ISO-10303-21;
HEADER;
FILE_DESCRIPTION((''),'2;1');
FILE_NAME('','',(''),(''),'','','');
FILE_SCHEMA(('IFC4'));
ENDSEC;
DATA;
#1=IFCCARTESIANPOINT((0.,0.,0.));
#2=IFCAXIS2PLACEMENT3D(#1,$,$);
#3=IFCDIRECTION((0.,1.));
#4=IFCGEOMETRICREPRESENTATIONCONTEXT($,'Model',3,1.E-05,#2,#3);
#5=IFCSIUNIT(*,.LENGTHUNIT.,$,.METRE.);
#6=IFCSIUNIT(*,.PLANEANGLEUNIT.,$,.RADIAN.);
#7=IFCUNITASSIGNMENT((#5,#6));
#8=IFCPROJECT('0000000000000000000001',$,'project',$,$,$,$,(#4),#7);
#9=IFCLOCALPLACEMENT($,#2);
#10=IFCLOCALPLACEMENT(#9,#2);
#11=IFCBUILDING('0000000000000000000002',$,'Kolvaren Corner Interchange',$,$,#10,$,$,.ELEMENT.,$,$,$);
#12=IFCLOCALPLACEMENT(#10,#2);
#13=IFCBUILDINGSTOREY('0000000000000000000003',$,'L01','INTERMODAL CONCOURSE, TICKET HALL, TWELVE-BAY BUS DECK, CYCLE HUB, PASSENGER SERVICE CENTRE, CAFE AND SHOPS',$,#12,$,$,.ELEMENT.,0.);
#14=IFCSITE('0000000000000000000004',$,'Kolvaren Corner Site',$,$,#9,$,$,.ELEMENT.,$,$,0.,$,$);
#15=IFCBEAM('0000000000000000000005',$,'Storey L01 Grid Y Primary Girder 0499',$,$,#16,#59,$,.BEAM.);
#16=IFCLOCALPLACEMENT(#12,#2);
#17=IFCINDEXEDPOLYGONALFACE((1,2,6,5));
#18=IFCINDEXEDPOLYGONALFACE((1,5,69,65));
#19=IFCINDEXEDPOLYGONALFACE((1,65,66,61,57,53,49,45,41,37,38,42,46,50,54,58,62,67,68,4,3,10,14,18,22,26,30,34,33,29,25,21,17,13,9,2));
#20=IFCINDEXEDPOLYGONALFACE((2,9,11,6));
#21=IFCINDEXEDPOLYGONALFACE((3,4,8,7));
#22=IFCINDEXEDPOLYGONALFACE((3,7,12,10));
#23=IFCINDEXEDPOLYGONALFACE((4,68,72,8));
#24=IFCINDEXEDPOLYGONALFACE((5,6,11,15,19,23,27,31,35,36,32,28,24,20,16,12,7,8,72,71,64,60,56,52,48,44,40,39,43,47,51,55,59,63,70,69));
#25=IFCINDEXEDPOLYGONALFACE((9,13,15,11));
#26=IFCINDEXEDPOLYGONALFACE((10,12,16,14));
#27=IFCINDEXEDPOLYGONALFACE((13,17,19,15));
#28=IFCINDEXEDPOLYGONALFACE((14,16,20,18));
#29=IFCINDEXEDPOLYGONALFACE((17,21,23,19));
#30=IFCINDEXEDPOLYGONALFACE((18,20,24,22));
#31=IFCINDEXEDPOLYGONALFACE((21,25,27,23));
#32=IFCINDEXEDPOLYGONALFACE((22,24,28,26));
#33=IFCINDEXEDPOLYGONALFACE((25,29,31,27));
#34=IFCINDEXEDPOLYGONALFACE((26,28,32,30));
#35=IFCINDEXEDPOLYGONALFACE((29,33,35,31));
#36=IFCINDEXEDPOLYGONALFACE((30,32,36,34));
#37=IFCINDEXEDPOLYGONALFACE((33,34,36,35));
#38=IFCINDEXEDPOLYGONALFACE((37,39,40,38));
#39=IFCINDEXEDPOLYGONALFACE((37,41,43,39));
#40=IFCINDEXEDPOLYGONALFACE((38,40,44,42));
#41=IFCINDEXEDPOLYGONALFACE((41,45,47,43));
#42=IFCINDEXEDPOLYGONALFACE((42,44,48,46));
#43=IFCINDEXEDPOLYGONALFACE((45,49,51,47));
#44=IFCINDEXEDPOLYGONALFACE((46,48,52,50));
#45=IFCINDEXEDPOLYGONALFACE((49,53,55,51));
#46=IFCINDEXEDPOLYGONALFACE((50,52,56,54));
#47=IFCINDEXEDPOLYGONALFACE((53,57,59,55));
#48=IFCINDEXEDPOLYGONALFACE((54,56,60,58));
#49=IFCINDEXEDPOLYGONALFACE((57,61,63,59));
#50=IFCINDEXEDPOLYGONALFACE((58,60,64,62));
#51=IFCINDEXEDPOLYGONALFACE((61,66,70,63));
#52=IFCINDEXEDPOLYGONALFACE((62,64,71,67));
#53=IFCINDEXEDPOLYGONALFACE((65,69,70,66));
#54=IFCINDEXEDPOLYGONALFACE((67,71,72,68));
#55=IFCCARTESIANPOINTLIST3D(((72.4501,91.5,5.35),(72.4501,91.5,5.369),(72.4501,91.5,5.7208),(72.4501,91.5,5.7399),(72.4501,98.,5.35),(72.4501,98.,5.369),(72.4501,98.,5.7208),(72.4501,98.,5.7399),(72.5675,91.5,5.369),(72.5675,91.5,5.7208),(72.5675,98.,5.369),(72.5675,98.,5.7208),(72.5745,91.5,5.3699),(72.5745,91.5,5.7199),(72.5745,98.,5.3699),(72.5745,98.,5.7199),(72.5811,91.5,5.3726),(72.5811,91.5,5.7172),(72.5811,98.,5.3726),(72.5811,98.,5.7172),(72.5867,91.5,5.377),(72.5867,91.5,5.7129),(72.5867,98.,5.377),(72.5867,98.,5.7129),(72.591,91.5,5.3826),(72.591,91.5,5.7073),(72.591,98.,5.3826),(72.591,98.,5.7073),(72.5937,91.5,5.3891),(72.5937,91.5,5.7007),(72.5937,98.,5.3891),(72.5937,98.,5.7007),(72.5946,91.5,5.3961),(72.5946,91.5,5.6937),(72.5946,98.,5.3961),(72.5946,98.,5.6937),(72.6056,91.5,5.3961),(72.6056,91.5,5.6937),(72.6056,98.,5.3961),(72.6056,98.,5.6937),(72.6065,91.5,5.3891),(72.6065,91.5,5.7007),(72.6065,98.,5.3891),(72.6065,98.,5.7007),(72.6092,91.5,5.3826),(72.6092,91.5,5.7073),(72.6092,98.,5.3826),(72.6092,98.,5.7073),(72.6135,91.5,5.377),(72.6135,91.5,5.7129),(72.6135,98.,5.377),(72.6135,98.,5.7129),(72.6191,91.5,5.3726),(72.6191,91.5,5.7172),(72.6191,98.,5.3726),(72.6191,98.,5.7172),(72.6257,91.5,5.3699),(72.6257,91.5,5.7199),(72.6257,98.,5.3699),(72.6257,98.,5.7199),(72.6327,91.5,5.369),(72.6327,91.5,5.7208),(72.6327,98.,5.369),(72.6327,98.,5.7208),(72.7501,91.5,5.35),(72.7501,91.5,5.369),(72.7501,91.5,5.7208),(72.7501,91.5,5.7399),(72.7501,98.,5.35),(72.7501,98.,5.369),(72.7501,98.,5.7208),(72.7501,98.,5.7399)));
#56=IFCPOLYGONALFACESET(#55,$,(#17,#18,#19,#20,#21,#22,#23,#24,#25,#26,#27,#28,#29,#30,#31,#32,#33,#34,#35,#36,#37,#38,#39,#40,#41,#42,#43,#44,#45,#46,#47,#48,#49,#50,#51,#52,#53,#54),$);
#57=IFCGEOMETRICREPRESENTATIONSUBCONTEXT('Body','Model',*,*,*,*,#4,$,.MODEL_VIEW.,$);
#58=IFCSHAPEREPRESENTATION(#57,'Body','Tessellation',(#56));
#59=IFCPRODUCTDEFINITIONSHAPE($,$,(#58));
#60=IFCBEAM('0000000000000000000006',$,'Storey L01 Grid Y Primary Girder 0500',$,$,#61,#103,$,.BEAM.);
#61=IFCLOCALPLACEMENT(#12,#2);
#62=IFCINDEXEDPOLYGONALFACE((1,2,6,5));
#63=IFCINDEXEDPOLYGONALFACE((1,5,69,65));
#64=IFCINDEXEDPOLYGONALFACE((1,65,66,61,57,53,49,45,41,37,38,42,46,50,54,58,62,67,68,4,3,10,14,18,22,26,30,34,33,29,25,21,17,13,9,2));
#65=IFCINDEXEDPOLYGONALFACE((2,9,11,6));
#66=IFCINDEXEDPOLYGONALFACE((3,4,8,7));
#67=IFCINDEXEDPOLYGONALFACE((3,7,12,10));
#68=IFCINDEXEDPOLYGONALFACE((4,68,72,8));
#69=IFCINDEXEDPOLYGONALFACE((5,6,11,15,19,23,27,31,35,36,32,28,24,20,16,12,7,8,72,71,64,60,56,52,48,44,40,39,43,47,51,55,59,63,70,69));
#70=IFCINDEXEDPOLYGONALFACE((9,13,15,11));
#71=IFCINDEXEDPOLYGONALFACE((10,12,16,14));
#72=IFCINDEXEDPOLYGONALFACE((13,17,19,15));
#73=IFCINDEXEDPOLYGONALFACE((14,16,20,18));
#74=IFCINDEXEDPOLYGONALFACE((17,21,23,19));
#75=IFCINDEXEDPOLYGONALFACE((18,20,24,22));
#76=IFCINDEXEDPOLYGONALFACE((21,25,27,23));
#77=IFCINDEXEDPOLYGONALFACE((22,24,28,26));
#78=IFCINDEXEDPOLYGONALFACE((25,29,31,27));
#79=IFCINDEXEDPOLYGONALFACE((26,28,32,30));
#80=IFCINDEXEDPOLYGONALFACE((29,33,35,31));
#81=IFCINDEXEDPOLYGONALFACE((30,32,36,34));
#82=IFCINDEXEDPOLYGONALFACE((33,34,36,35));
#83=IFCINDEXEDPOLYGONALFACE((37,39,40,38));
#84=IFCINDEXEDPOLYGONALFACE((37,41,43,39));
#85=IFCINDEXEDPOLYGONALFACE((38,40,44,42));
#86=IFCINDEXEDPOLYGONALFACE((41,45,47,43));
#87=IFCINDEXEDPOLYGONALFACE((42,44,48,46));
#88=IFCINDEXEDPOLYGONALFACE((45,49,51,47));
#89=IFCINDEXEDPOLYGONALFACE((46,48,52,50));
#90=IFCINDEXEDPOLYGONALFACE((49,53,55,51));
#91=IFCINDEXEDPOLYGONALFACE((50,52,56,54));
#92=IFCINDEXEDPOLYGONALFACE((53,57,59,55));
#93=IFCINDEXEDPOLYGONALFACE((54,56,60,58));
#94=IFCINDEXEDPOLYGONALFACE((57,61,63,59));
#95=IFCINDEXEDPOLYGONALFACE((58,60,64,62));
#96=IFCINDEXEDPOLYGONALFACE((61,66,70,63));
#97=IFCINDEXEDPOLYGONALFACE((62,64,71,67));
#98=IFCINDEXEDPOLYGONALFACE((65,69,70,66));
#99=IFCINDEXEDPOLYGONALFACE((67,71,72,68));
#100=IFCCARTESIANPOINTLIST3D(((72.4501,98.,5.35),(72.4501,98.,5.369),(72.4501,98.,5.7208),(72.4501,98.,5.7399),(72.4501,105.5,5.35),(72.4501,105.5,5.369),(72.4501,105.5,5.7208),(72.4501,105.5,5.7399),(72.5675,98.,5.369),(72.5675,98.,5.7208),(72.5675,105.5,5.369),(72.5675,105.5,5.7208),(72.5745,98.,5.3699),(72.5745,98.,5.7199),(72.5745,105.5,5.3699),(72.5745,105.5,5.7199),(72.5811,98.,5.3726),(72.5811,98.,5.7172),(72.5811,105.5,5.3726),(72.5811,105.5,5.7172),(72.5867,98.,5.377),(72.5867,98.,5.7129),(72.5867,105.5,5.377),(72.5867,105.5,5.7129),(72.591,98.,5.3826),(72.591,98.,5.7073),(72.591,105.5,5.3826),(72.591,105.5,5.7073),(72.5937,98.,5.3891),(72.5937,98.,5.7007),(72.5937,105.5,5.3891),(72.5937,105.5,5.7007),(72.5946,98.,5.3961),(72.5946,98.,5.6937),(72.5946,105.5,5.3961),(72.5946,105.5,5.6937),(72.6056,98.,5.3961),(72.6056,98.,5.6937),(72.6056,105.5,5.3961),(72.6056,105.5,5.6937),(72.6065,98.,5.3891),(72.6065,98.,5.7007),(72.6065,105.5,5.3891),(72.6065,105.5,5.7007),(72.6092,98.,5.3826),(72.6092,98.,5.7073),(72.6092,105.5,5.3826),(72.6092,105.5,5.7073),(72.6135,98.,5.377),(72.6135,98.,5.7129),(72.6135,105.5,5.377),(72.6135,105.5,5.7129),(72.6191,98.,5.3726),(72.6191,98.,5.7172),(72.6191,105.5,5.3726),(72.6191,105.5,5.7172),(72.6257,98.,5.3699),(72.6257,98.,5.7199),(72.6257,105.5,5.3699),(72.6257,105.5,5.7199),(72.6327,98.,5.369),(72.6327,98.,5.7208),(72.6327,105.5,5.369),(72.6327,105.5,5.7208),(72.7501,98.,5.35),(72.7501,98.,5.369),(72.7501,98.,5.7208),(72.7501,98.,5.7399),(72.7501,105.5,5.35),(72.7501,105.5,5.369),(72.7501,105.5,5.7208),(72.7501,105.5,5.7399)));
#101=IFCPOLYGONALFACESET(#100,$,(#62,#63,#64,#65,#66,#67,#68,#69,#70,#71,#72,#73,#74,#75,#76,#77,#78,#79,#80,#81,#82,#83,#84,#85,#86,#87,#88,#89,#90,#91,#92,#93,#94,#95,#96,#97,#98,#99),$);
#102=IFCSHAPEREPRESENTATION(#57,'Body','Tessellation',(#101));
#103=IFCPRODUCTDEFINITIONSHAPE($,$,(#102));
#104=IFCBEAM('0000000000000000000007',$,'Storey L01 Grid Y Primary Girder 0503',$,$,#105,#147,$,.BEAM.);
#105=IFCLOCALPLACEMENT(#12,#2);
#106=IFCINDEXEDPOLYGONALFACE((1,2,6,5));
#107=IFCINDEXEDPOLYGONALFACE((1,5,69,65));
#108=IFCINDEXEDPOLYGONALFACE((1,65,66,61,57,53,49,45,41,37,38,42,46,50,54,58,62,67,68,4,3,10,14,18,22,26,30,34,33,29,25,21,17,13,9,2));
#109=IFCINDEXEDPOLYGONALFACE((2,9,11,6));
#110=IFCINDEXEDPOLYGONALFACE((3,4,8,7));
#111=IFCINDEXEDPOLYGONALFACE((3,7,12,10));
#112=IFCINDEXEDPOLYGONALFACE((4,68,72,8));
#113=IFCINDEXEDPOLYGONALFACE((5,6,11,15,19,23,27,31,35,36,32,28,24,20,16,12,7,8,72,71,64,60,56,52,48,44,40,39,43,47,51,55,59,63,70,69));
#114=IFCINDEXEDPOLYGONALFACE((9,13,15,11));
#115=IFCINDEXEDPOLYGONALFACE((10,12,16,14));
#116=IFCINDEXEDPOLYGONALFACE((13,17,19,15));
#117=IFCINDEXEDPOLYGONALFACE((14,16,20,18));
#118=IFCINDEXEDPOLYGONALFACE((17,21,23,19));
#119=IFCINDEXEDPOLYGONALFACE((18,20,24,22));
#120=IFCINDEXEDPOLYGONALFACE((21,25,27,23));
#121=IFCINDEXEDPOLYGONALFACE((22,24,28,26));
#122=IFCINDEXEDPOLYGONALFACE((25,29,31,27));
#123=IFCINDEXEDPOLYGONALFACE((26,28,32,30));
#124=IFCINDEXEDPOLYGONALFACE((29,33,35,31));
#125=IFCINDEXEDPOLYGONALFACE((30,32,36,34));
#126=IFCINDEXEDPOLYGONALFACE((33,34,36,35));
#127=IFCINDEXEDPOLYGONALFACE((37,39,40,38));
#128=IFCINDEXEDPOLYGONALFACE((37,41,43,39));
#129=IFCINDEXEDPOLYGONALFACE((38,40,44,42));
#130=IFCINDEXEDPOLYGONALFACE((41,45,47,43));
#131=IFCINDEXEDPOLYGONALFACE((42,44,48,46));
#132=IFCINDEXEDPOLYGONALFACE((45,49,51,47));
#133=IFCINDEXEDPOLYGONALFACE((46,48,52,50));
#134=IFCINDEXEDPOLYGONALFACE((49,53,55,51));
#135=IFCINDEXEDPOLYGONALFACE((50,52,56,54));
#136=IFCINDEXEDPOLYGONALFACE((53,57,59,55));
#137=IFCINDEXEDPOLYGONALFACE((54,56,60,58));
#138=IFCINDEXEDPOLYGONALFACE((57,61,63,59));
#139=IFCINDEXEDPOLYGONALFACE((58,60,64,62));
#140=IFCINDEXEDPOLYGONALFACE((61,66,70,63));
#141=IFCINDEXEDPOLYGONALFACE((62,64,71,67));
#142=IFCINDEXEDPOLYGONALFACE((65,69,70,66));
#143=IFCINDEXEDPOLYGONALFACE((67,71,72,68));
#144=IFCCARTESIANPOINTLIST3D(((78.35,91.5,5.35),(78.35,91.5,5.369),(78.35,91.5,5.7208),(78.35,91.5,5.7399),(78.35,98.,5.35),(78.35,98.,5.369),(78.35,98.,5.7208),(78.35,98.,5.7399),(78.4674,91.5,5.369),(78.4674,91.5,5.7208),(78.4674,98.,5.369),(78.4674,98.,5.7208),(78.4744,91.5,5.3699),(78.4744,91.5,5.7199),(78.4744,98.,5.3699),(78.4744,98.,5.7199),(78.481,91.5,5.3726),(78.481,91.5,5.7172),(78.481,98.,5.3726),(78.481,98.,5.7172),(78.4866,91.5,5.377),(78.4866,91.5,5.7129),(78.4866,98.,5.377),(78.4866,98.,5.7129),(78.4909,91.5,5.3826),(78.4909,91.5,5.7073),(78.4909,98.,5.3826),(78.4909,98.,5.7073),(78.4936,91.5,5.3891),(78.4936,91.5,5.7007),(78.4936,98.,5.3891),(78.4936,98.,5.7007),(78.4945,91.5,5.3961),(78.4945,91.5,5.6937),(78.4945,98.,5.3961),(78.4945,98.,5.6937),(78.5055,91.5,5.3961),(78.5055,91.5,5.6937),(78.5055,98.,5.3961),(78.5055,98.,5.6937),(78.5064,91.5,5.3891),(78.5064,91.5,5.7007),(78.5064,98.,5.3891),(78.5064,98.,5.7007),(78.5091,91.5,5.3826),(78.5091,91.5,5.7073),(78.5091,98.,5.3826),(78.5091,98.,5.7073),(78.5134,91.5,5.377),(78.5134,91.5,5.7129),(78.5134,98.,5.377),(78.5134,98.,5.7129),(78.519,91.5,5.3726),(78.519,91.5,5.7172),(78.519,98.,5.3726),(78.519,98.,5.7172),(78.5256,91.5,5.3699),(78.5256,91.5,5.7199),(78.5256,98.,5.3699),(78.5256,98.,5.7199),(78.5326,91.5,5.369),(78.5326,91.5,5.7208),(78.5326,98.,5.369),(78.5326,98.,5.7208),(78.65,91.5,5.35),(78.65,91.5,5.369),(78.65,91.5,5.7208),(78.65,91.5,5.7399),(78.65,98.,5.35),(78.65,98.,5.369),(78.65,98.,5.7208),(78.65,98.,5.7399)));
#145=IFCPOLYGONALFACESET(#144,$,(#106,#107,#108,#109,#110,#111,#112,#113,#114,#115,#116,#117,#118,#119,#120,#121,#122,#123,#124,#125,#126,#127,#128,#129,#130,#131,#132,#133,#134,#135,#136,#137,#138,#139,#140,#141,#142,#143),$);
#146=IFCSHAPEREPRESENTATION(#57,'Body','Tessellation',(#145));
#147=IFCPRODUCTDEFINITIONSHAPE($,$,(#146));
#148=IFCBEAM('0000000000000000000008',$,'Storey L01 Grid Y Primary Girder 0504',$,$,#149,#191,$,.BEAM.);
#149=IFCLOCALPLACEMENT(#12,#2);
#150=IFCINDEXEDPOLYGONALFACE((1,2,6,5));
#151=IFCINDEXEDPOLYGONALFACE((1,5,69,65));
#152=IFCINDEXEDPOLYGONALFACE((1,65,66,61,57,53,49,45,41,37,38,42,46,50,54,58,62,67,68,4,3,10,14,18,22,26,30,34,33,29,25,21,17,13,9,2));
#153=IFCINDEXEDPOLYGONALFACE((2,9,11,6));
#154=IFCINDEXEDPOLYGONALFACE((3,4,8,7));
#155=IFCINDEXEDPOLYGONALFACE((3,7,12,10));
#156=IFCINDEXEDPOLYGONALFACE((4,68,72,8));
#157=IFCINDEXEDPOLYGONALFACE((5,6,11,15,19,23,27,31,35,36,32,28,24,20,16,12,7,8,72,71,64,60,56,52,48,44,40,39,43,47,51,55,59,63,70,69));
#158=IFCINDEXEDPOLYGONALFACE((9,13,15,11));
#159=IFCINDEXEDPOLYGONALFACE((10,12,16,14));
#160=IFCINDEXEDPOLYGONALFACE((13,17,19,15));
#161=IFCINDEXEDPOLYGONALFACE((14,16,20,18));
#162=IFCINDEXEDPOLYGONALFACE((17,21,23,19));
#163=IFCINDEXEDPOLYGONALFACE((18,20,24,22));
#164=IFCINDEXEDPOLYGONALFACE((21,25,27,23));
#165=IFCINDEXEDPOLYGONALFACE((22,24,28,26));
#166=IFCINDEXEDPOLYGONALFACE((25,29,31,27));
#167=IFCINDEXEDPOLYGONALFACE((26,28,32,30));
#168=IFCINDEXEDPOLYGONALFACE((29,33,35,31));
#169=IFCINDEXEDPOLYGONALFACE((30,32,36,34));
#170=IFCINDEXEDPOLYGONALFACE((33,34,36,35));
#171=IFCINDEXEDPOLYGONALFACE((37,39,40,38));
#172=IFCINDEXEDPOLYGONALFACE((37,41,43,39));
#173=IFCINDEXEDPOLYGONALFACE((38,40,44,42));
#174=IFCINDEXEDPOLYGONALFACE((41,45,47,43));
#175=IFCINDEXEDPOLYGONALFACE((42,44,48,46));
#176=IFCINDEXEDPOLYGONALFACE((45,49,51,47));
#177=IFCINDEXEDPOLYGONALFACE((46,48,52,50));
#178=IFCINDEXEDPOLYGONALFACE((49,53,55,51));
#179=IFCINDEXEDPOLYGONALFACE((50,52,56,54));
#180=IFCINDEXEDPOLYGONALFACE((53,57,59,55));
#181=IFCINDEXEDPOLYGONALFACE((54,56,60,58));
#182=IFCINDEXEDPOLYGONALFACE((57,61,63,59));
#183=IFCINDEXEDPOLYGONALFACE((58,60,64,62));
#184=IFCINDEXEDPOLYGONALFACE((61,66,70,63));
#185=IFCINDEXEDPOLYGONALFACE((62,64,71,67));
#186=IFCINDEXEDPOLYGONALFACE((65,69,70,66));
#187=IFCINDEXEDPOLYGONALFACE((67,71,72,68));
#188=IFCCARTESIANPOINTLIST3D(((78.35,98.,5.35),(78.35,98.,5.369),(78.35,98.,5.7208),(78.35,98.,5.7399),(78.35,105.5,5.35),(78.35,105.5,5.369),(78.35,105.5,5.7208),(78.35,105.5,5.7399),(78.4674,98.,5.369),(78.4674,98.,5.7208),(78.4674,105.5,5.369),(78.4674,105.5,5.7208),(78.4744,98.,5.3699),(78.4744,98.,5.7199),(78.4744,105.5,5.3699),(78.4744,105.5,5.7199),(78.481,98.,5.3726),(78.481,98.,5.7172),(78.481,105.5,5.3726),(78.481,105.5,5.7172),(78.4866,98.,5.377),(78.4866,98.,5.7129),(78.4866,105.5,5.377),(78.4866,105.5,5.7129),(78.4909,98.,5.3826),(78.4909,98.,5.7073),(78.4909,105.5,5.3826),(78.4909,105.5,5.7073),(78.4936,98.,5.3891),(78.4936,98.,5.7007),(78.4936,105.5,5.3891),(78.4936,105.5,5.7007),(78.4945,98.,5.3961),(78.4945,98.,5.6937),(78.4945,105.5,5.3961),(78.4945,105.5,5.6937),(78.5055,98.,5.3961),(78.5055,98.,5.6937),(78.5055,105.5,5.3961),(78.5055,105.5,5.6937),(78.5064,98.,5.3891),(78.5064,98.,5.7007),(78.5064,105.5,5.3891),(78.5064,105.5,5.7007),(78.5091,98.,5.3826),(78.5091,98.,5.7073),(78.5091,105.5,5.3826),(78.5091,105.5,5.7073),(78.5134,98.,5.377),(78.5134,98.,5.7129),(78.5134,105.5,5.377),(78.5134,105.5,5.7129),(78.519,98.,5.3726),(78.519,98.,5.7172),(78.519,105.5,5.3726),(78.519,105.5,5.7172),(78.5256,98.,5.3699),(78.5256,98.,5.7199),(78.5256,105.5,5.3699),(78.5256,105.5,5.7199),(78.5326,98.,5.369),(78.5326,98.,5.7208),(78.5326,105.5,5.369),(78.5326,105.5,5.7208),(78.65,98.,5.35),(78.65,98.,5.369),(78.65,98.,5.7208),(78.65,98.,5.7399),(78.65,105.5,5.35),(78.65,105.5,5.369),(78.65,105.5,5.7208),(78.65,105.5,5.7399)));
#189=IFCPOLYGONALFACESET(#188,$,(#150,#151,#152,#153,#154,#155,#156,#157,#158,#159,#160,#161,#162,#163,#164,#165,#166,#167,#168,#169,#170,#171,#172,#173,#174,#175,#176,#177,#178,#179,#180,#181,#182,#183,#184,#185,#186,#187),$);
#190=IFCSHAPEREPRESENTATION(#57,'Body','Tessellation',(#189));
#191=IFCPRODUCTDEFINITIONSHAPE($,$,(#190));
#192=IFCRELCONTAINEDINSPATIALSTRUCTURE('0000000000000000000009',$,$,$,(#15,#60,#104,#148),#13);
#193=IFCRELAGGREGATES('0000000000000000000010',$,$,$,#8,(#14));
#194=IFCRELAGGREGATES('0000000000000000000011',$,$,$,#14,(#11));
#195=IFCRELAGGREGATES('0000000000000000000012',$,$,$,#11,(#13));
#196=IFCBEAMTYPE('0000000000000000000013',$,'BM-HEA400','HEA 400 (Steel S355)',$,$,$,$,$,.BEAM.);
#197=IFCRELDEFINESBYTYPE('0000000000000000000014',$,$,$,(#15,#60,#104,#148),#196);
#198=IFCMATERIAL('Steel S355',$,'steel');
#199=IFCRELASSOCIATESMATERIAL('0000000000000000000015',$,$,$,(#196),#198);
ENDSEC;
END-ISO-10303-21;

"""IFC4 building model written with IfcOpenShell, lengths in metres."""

from ifc_helpers import new_model, si_unit, direction, frame, origin, origin_2d, place, context, subcontext, project, spatial, i_section, extrude, material, material_profile, profile_set, type_object, element, save


model = new_model("IFC4")

# Units and contexts
model_context = context("Model", 3, precision=1e-05, world=origin(), true_north=direction((0.0, 1.0)))
body_context = subcontext(model_context, "Body", "Model", "MODEL_VIEW")
ifc_project = project(units=[si_unit("LENGTHUNIT", "METRE"), si_unit("PLANEANGLEUNIT", "RADIAN")], contexts=[model_context])

# Site, building, storey
site_placement = place(None, origin())
site = spatial("IfcSite", under=ifc_project, at=site_placement, Name="Kolvaren Corner Site", CompositionType="ELEMENT", RefElevation=0.0)
building_placement = place(site_placement, origin())
building = spatial("IfcBuilding", under=site, at=building_placement, Name="Kolvaren Corner Interchange", CompositionType="ELEMENT")
storey_placement = place(building_placement, origin())
storey = spatial("IfcBuildingStorey", under=building, at=storey_placement, Name="L01", Description="INTERMODAL CONCOURSE, TICKET HALL, TWELVE-BAY BUS DECK, CYCLE HUB, PASSENGER SERVICE CENTRE, CAFE AND SHOPS", CompositionType="ELEMENT", Elevation=0.0)

# Beams
ifc_material_1 = material(Name="Steel S355", Category="steel")
ifc_material_profile_1 = material_profile(ifc_material_1, i_section(OverallWidth=0.3, OverallDepth=0.3899, WebThickness=0.011, FlangeThickness=0.019, FilletRadius=0.0271, at=origin_2d()), Name="HEA 400")
ifc_profile_set_1 = profile_set([ifc_material_profile_1], Name="Steel S355")
beam_type_1 = type_object("IfcBeamType", Name="BM-HEA400", Description="HEA 400 (Steel S355)", PredefinedType="BEAM", material=ifc_profile_set_1)
beam_1_placement = place(storey_placement, frame((72.6001, 91.5, 5.5449), z_axis=(0.0, 1.0, 0.0), x_axis=(-1.0, 0.0, 0.0)))
element("IfcBeam", 1, at=beam_1_placement, inside=storey, type_object=beam_type_1, Name="Storey L01 Grid Y Primary Girder 0499", PredefinedType="BEAM", context=body_context, shape_type="SweptSolid", body=[
    extrude(i_section(OverallWidth=0.3, OverallDepth=0.3899, WebThickness=0.011, FlangeThickness=0.019, FilletRadius=0.0271, at=origin_2d()), origin(), (0.0, 0.0, 1.0), 6.5),
])
beam_2_placement = place(storey_placement, frame((72.6001, 98.0, 5.5449), z_axis=(0.0, 1.0, 0.0), x_axis=(-1.0, 0.0, 0.0)))
element("IfcBeam", 2, at=beam_2_placement, inside=storey, type_object=beam_type_1, Name="Storey L01 Grid Y Primary Girder 0500", PredefinedType="BEAM", context=body_context, shape_type="SweptSolid", body=[
    extrude(i_section(OverallWidth=0.3, OverallDepth=0.3899, WebThickness=0.011, FlangeThickness=0.019, FilletRadius=0.0271, at=origin_2d()), origin(), (0.0, 0.0, 1.0), 7.5),
])
beam_3_placement = place(storey_placement, frame((78.5, 91.5, 5.5449), z_axis=(0.0, 1.0, 0.0), x_axis=(-1.0, 0.0, 0.0)))
element("IfcBeam", 3, at=beam_3_placement, inside=storey, type_object=beam_type_1, Name="Storey L01 Grid Y Primary Girder 0503", PredefinedType="BEAM", context=body_context, shape_type="SweptSolid", body=[
    extrude(i_section(OverallWidth=0.3, OverallDepth=0.3899, WebThickness=0.011, FlangeThickness=0.019, FilletRadius=0.0271, at=origin_2d()), origin(), (0.0, 0.0, 1.0), 6.5),
])
beam_4_placement = place(storey_placement, frame((78.5, 98.0, 5.5449), z_axis=(0.0, 1.0, 0.0), x_axis=(-1.0, 0.0, 0.0)))
element("IfcBeam", 4, at=beam_4_placement, inside=storey, type_object=beam_type_1, Name="Storey L01 Grid Y Primary Girder 0504", PredefinedType="BEAM", context=body_context, shape_type="SweptSolid", body=[
    extrude(i_section(OverallWidth=0.3, OverallDepth=0.3899, WebThickness=0.011, FlangeThickness=0.019, FilletRadius=0.0271, at=origin_2d()), origin(), (0.0, 0.0, 1.0), 7.5),
])

save(model, "model.ifc")
